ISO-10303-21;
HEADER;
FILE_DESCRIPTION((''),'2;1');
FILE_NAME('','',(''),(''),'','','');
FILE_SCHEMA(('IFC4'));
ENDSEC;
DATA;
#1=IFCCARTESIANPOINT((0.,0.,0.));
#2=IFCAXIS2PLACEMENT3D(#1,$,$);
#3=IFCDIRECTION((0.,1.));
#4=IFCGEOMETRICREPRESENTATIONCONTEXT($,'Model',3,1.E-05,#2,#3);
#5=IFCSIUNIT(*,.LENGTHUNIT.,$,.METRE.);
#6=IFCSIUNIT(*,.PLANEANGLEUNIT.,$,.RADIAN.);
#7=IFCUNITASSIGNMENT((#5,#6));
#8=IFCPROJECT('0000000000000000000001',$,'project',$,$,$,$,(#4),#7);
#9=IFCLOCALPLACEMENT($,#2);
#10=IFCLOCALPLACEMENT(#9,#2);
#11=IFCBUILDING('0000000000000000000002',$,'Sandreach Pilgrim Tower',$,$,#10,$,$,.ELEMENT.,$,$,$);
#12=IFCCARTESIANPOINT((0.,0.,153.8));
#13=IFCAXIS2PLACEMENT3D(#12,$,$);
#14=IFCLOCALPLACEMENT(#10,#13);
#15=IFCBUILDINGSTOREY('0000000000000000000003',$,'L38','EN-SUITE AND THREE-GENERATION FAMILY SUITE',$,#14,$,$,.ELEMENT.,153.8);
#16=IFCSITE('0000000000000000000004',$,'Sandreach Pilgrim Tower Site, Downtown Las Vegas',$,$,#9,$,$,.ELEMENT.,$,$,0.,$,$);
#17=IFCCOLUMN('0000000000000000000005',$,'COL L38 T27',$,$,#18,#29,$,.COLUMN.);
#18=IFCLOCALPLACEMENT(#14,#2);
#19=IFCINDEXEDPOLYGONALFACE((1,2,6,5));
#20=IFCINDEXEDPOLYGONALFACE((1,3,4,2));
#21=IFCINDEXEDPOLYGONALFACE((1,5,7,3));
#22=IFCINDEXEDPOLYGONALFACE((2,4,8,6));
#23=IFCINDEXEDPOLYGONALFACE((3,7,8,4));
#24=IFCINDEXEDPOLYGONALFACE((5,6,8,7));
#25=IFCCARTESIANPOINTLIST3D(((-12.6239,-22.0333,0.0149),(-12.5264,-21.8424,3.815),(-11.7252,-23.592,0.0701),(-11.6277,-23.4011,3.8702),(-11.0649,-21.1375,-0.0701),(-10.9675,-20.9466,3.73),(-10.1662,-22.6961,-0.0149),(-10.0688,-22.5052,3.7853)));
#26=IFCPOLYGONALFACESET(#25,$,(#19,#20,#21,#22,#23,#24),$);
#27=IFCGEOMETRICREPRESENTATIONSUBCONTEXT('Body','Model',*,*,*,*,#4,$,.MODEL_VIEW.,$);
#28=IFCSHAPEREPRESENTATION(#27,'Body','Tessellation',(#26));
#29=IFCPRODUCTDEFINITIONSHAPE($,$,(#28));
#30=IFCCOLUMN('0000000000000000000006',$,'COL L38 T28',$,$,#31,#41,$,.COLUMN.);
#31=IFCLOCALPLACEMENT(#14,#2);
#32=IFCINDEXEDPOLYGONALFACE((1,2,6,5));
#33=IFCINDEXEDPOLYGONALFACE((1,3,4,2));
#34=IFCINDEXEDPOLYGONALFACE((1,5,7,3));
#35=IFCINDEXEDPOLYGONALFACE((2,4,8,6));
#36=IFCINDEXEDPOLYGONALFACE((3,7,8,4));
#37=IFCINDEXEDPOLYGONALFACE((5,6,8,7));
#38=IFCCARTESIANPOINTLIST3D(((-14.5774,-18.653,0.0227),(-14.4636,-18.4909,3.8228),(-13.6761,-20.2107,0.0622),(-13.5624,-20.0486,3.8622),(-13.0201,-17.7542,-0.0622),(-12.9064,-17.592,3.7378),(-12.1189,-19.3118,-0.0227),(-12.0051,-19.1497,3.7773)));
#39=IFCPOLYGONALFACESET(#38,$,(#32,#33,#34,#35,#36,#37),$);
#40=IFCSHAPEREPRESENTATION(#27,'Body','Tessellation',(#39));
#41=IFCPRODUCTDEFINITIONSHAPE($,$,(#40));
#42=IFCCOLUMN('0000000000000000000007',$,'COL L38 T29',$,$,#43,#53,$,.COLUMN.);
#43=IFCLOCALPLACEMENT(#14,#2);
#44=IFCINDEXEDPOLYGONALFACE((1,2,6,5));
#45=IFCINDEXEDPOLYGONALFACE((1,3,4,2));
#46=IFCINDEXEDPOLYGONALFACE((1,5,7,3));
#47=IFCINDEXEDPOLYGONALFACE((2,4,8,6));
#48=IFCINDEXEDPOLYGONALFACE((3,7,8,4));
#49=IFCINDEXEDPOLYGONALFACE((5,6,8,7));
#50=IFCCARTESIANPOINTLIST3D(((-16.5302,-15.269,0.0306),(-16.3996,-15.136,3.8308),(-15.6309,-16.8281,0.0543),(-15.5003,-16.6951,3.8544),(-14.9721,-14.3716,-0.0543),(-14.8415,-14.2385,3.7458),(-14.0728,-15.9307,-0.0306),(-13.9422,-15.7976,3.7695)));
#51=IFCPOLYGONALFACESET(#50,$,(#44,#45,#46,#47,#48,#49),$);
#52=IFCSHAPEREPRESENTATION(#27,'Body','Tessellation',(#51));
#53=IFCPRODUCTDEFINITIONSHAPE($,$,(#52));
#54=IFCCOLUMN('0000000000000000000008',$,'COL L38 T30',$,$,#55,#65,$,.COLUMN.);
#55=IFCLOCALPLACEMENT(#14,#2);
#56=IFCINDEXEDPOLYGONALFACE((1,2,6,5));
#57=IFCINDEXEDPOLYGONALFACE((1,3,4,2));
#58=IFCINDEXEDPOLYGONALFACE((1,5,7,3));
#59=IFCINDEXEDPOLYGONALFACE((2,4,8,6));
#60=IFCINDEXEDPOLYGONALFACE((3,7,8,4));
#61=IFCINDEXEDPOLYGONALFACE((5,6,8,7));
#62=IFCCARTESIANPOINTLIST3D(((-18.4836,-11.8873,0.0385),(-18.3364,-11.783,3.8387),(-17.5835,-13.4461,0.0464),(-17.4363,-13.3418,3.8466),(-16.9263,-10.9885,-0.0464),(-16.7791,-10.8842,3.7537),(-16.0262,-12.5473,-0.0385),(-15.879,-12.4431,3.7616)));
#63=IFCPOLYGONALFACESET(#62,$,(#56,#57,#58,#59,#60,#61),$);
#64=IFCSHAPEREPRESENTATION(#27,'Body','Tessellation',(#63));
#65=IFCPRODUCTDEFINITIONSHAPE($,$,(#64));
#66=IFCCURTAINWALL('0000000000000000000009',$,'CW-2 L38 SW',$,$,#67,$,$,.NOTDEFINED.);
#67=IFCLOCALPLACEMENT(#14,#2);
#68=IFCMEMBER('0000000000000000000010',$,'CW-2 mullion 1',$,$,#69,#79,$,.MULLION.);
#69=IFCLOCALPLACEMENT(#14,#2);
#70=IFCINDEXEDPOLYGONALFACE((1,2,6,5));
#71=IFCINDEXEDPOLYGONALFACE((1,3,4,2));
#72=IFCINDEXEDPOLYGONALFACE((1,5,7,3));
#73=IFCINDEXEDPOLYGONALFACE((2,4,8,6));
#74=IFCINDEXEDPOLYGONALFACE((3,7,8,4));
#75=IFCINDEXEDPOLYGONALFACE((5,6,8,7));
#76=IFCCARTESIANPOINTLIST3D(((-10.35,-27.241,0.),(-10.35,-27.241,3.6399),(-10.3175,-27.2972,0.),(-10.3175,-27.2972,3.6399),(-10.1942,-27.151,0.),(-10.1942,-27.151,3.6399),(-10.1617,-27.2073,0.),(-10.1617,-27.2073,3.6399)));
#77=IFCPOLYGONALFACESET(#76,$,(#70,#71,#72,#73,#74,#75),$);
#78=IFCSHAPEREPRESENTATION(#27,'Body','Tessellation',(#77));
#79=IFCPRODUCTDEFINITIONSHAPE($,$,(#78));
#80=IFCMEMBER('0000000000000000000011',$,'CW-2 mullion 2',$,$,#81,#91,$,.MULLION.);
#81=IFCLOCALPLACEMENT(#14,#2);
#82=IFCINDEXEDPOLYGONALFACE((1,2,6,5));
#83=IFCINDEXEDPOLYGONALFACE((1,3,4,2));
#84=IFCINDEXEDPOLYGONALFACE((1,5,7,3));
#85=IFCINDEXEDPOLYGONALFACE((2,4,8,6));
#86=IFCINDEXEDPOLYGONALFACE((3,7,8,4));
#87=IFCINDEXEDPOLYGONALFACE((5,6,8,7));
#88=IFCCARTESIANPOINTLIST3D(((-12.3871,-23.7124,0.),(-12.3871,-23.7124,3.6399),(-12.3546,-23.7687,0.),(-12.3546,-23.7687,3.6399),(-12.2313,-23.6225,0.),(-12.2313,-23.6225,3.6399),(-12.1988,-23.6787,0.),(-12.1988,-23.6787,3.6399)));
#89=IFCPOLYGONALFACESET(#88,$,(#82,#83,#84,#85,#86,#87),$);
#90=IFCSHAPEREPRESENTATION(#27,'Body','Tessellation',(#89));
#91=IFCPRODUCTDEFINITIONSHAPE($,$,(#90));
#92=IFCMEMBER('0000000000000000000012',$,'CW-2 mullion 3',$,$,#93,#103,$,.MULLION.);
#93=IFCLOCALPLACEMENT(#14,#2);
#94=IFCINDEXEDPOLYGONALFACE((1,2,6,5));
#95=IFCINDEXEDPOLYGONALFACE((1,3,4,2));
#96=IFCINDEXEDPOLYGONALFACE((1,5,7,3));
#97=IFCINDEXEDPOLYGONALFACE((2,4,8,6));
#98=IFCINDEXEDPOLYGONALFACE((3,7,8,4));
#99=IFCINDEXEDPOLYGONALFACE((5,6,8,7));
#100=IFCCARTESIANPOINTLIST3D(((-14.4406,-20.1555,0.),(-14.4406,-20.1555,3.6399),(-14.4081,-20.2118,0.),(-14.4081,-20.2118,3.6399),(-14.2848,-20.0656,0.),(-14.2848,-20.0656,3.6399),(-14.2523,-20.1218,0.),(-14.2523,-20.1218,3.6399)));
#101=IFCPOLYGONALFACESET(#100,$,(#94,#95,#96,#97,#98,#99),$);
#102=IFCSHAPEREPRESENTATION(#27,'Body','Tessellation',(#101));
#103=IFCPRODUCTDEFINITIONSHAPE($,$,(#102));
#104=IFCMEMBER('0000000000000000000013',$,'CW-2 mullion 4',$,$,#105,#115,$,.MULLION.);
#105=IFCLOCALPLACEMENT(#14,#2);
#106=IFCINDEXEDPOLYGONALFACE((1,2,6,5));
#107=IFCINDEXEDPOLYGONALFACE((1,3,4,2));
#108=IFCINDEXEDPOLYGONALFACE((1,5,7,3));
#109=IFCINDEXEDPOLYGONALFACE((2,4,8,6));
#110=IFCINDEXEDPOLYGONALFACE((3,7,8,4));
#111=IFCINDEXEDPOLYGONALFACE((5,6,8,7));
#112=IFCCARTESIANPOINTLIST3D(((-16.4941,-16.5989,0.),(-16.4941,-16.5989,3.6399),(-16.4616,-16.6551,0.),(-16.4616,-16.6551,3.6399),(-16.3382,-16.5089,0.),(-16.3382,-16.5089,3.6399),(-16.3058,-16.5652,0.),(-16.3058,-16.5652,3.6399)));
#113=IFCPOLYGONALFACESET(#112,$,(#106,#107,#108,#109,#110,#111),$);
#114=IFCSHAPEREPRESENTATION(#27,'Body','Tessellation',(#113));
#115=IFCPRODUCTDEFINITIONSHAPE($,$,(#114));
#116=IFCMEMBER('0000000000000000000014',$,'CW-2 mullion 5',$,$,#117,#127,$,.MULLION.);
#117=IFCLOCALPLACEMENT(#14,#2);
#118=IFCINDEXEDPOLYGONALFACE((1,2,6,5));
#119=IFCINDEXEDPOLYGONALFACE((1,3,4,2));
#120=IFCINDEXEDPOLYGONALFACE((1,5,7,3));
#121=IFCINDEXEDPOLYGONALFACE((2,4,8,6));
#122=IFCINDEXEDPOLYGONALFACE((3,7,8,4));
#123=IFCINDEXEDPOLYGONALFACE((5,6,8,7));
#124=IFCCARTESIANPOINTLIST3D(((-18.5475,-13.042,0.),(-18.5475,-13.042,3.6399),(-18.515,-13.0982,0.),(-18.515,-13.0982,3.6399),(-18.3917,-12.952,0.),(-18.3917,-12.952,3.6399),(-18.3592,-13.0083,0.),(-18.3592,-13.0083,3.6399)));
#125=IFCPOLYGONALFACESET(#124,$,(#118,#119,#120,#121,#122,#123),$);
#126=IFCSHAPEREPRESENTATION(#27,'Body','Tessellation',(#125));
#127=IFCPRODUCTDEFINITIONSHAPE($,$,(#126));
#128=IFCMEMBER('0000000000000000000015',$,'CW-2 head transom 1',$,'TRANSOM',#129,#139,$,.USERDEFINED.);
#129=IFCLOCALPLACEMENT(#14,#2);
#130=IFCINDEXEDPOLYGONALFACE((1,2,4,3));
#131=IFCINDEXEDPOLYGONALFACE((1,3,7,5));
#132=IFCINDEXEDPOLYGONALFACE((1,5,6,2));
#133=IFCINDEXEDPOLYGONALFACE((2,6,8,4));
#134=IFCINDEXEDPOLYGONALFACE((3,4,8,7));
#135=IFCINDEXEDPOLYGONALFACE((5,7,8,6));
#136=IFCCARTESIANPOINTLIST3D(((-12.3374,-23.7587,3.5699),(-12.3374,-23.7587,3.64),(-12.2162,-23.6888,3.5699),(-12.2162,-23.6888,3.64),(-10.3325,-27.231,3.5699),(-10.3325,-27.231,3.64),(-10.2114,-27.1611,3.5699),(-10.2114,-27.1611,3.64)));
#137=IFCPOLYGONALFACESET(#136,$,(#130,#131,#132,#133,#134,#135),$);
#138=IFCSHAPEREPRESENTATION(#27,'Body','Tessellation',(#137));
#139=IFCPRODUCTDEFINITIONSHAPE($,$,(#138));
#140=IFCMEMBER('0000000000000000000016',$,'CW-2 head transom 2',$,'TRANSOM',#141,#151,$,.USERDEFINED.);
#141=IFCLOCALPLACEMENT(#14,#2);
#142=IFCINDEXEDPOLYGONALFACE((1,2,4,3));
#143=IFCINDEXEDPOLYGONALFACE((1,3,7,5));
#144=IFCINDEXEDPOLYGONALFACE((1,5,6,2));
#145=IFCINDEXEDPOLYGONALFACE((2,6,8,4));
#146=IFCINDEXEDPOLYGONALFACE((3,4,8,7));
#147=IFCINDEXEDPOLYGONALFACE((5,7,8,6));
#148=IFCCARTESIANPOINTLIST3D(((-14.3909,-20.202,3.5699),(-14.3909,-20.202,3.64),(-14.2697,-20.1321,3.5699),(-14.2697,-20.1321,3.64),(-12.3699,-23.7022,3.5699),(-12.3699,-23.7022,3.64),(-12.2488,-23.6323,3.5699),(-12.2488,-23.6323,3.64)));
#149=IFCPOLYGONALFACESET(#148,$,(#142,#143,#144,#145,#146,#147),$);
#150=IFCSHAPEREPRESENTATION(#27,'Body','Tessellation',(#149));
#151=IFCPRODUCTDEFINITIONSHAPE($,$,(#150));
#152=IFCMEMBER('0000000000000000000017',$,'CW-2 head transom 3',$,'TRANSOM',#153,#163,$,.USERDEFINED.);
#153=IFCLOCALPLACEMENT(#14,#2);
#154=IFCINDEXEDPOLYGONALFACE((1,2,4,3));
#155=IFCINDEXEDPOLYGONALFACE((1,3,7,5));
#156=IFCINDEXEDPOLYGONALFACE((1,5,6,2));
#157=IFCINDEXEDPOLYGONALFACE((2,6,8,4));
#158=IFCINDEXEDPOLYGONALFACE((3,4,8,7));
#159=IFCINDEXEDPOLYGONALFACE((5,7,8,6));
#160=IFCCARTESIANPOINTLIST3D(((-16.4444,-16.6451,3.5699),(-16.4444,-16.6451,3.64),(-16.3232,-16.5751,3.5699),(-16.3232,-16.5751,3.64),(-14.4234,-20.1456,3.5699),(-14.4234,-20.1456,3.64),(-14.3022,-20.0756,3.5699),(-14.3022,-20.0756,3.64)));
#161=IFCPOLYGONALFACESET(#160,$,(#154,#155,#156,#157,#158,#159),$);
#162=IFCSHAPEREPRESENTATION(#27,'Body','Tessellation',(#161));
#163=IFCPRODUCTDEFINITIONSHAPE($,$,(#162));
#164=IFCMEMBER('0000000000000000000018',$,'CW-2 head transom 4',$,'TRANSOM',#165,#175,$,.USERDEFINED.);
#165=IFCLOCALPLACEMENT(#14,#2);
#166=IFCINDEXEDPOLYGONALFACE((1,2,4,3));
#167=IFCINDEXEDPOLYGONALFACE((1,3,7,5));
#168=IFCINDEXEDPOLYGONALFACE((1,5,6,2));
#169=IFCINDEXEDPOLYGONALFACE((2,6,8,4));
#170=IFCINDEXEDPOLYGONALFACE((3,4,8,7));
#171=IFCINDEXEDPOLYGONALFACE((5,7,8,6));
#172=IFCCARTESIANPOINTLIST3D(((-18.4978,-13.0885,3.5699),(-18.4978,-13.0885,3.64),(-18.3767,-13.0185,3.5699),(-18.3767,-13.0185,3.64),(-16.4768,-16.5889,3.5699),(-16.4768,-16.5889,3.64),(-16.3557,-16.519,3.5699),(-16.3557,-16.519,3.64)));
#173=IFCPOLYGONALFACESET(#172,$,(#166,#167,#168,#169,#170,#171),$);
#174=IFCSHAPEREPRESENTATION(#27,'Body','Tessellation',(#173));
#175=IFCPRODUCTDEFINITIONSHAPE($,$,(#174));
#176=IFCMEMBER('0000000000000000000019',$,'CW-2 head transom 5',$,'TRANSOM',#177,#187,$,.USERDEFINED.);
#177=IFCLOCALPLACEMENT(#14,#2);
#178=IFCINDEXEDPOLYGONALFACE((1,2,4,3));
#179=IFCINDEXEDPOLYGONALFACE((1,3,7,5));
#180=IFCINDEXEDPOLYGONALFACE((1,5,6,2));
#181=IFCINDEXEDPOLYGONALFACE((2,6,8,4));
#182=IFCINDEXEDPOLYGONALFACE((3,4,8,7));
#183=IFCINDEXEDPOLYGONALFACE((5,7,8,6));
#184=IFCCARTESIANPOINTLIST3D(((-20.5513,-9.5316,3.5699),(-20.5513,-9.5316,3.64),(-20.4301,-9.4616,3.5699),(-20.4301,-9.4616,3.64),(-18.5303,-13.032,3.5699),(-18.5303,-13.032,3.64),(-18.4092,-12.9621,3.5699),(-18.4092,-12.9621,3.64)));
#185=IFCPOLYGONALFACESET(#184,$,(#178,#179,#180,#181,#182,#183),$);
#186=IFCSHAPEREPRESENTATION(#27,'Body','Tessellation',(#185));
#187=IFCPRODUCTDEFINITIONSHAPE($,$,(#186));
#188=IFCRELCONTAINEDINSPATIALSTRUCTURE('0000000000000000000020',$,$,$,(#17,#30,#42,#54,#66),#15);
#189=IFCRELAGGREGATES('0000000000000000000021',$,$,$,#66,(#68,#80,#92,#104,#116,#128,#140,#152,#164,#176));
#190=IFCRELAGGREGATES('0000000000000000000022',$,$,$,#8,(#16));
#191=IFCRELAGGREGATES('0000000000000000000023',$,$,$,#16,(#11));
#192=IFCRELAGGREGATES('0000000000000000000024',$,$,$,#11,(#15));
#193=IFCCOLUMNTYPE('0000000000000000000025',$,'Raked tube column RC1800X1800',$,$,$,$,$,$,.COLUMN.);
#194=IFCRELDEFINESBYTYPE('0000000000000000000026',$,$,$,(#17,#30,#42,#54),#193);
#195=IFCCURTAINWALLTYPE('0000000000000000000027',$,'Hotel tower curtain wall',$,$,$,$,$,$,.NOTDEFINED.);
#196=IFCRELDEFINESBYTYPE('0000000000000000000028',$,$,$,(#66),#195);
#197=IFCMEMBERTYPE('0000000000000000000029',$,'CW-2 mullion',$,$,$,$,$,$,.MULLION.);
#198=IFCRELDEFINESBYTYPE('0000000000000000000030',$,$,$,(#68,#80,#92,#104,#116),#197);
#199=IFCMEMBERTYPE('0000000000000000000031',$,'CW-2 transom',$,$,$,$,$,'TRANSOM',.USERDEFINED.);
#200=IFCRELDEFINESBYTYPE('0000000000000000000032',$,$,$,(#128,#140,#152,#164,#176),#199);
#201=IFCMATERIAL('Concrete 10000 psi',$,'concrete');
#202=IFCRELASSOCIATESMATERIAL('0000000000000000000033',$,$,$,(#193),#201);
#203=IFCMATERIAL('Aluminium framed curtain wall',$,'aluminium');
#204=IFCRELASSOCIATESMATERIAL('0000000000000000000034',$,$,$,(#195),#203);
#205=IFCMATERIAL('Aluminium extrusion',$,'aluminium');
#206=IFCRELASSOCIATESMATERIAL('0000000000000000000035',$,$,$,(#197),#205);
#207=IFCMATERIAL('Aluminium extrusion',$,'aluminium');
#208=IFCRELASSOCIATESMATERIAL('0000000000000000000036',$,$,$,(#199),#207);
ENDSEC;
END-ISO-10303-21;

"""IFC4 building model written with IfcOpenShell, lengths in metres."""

from ifc_helpers import new_model, si_unit, direction, frame, origin, origin_2d, place, context, subcontext, project, spatial, rectangle, extrude, material, material_profile, profile_set, type_object, element, aggregate, save


model = new_model("IFC4")

# Units and contexts
model_context = context("Model", 3, precision=1e-05, world=origin(), true_north=direction((0.0, 1.0)))
body_context = subcontext(model_context, "Body", "Model", "MODEL_VIEW")
ifc_project = project(units=[si_unit("LENGTHUNIT", "METRE"), si_unit("PLANEANGLEUNIT", "RADIAN")], contexts=[model_context])

# Site, building, storey
site_placement = place(None, origin())
site = spatial("IfcSite", under=ifc_project, at=site_placement, Name="Sandreach Pilgrim Tower Site, Downtown Las Vegas", CompositionType="ELEMENT", RefElevation=0.0)
building_placement = place(site_placement, origin())
building = spatial("IfcBuilding", under=site, at=building_placement, Name="Sandreach Pilgrim Tower", CompositionType="ELEMENT")
storey_placement = place(building_placement, frame((0.0, 0.0, 153.8)))
storey = spatial("IfcBuildingStorey", under=building, at=storey_placement, Name="L38", Description="EN-SUITE AND THREE-GENERATION FAMILY SUITE", CompositionType="ELEMENT", Elevation=153.8)

# Columns
ifc_material_1 = material(Name="Concrete 10000 psi", Category="concrete")
ifc_material_profile_1 = material_profile(ifc_material_1, rectangle(XDim=1.8, YDim=1.8, at=origin_2d()), Name="RC1800X1800")
ifc_profile_set_1 = profile_set([ifc_material_profile_1], Name="Concrete 10000 psi")
column_type = type_object("IfcColumnType", Name="Raked tube column RC1800X1800", PredefinedType="COLUMN", material=ifc_profile_set_1)
column_1_placement = place(storey_placement, frame((-11.395, -22.3647, 0.0), z_axis=(0.025594, 0.050161, 0.998413), x_axis=(-0.86607, -0.497689, 0.047206)))
element("IfcColumn", 1, at=column_1_placement, inside=storey, type_object=column_type, Name="COL L38 T27", PredefinedType="COLUMN", context=body_context, shape_type="SweptSolid", body=[
    extrude(rectangle(XDim=1.8, YDim=1.8, at=origin_2d()), origin(), (0.0, 0.0, 1.0), 3.8062),
])
column_2_placement = place(storey_placement, frame((-13.3481, -18.9824, 0.0), z_axis=(0.029898, 0.042602, 0.998645), x_axis=(-0.865116, -0.499346, 0.047203)))
element("IfcColumn", 2, at=column_2_placement, inside=storey, type_object=column_type, Name="COL L38 T28", PredefinedType="COLUMN", context=body_context, shape_type="SweptSolid", body=[
    extrude(rectangle(XDim=1.8, YDim=1.8, at=origin_2d()), origin(), (0.0, 0.0, 1.0), 3.8052),
])
column_3_placement = place(storey_placement, frame((-15.3015, -15.5999, 0.0), z_axis=(0.034331, 0.034972, 0.998798), x_axis=(-0.865569, -0.49856, 0.047208)))
element("IfcColumn", 3, at=column_3_placement, inside=storey, type_object=column_type, Name="COL L38 T29", PredefinedType="COLUMN", context=body_context, shape_type="SweptSolid", body=[
    extrude(rectangle(XDim=1.8, YDim=1.8, at=origin_2d()), origin(), (0.0, 0.0, 1.0), 3.8047),
])
column_4_placement = place(storey_placement, frame((-17.2549, -12.2173, 0.0), z_axis=(0.038697, 0.027402, 0.998875), x_axis=(-0.865139, -0.499306, 0.047214)))
element("IfcColumn", 4, at=column_4_placement, inside=storey, type_object=column_type, Name="COL L38 T30", PredefinedType="COLUMN", context=body_context, shape_type="SweptSolid", body=[
    extrude(rectangle(XDim=1.8, YDim=1.8, at=origin_2d()), origin(), (0.0, 0.0, 1.0), 3.8044),
])

# Curtain wall, members
ifc_material_2 = material(Name="Aluminium framed curtain wall", Category="aluminium")
curtain_wall_type = type_object("IfcCurtainWallType", Name="Hotel tower curtain wall", PredefinedType="NOTDEFINED", material=ifc_material_2)
curtain_wall_placement = place(storey_placement, origin())
curtain_wall = element("IfcCurtainWall", 5, at=curtain_wall_placement, inside=storey, type_object=curtain_wall_type, Name="CW-2 L38 SW", PredefinedType="NOTDEFINED")
ifc_material_3 = material(Name="Aluminium extrusion", Category="aluminium")
ifc_material_profile_2 = material_profile(ifc_material_3, rectangle(XDim=0.0649, YDim=0.1799, at=origin_2d()), Name="CW-2M 65X180")
ifc_profile_set_2 = profile_set([ifc_material_profile_2], Name="Aluminium extrusion")
member_type_1 = type_object("IfcMemberType", Name="CW-2 mullion", PredefinedType="MULLION", material=ifc_profile_set_2)
member_1_placement = place(storey_placement, frame((-10.2559, -27.2241, 0.0), z_axis=(0.0, 0.0, 1.0), x_axis=(-0.5, 0.866025, 0.0)))
member_1 = element("IfcMember", 6, at=member_1_placement, type_object=member_type_1, Name="CW-2 mullion 1", PredefinedType="MULLION", context=body_context, shape_type="SweptSolid", body=[
    extrude(rectangle(XDim=0.0649, YDim=0.1799, at=origin_2d()), origin(), (0.0, 0.0, 1.0), 3.6399),
])
member_2_placement = place(storey_placement, frame((-12.293, -23.6956, 0.0), z_axis=(0.0, 0.0, 1.0), x_axis=(-0.5, 0.866025, 0.0)))
member_2 = element("IfcMember", 7, at=member_2_placement, type_object=member_type_1, Name="CW-2 mullion 2", PredefinedType="MULLION", context=body_context, shape_type="SweptSolid", body=[
    extrude(rectangle(XDim=0.0649, YDim=0.1799, at=origin_2d()), origin(), (0.0, 0.0, 1.0), 3.6399),
])
member_3_placement = place(storey_placement, frame((-14.3464, -20.1387, 0.0), z_axis=(0.0, 0.0, 1.0), x_axis=(-0.5, 0.866025, 0.0)))
member_3 = element("IfcMember", 8, at=member_3_placement, type_object=member_type_1, Name="CW-2 mullion 3", PredefinedType="MULLION", context=body_context, shape_type="SweptSolid", body=[
    extrude(rectangle(XDim=0.0649, YDim=0.1799, at=origin_2d()), origin(), (0.0, 0.0, 1.0), 3.6399),
])
member_4_placement = place(storey_placement, frame((-16.3999, -16.582, 0.0), z_axis=(0.0, 0.0, 1.0), x_axis=(-0.5, 0.866025, 0.0)))
member_4 = element("IfcMember", 9, at=member_4_placement, type_object=member_type_1, Name="CW-2 mullion 4", PredefinedType="MULLION", context=body_context, shape_type="SweptSolid", body=[
    extrude(rectangle(XDim=0.0649, YDim=0.1799, at=origin_2d()), origin(), (0.0, 0.0, 1.0), 3.6399),
])
member_5_placement = place(storey_placement, frame((-18.4534, -13.0251, 0.0), z_axis=(0.0, 0.0, 1.0), x_axis=(-0.5, 0.866025, 0.0)))
member_5 = element("IfcMember", 10, at=member_5_placement, type_object=member_type_1, Name="CW-2 mullion 5", PredefinedType="MULLION", context=body_context, shape_type="SweptSolid", body=[
    extrude(rectangle(XDim=0.0649, YDim=0.1799, at=origin_2d()), origin(), (0.0, 0.0, 1.0), 3.6399),
])
ifc_material_4 = material(Name="Aluminium extrusion", Category="aluminium")
ifc_material_profile_3 = material_profile(ifc_material_4, rectangle(XDim=0.1399, YDim=0.0701, at=origin_2d()), Name="CW-2T 140X70")
ifc_profile_set_3 = profile_set([ifc_material_profile_3], Name="Aluminium extrusion")
member_type_2 = type_object("IfcMemberType", Name="CW-2 transom", ElementType="TRANSOM", PredefinedType="USERDEFINED", material=ifc_profile_set_3)
member_6_placement = place(storey_placement, frame((-10.272, -27.196, 3.605), z_axis=(-0.500016, 0.866016, 0.0), x_axis=(-0.866016, -0.500016, 0.0)))
member_6 = element("IfcMember", 11, at=member_6_placement, type_object=member_type_2, Name="CW-2 head transom 1", ObjectType="TRANSOM", PredefinedType="USERDEFINED", context=body_context, shape_type="SweptSolid", body=[
    extrude(rectangle(XDim=0.1399, YDim=0.0701, at=origin_2d()), origin(), (0.0, 0.0, 1.0), 4.0095),
])
member_7_placement = place(storey_placement, frame((-12.3093, -23.6672, 3.605), z_axis=(-0.500024, 0.866012, 0.0), x_axis=(-0.866012, -0.500024, 0.0)))
member_7 = element("IfcMember", 12, at=member_7_placement, type_object=member_type_2, Name="CW-2 head transom 2", ObjectType="TRANSOM", PredefinedType="USERDEFINED", context=body_context, shape_type="SweptSolid", body=[
    extrude(rectangle(XDim=0.1399, YDim=0.0701, at=origin_2d()), origin(), (0.0, 0.0, 1.0), 4.0417),
])
member_8_placement = place(storey_placement, frame((-14.3628, -20.1106, 3.605), z_axis=(-0.499998, 0.866027, 0.0), x_axis=(-0.866027, -0.499998, 0.0)))
member_8 = element("IfcMember", 13, at=member_8_placement, type_object=member_type_2, Name="CW-2 head transom 3", ObjectType="TRANSOM", PredefinedType="USERDEFINED", context=body_context, shape_type="SweptSolid", body=[
    extrude(rectangle(XDim=0.1399, YDim=0.0701, at=origin_2d()), origin(), (0.0, 0.0, 1.0), 4.042),
])
member_9_placement = place(storey_placement, frame((-16.4163, -16.554, 3.605), z_axis=(-0.499998, 0.866027, 0.0), x_axis=(-0.866027, -0.499998, 0.0)))
member_9 = element("IfcMember", 14, at=member_9_placement, type_object=member_type_2, Name="CW-2 head transom 4", ObjectType="TRANSOM", PredefinedType="USERDEFINED", context=body_context, shape_type="SweptSolid", body=[
    extrude(rectangle(XDim=0.1399, YDim=0.0701, at=origin_2d()), origin(), (0.0, 0.0, 1.0), 4.042),
])
member_10_placement = place(storey_placement, frame((-18.4697, -12.9971, 3.605), z_axis=(-0.499998, 0.866027, 0.0), x_axis=(-0.866027, -0.499998, 0.0)))
member_10 = element("IfcMember", 15, at=member_10_placement, type_object=member_type_2, Name="CW-2 head transom 5", ObjectType="TRANSOM", PredefinedType="USERDEFINED", context=body_context, shape_type="SweptSolid", body=[
    extrude(rectangle(XDim=0.1399, YDim=0.0701, at=origin_2d()), origin(), (0.0, 0.0, 1.0), 4.042),
])

aggregate(curtain_wall, [member_1, member_2, member_3, member_4, member_5, member_6, member_7, member_8, member_9, member_10])

save(model, "model.ifc")
